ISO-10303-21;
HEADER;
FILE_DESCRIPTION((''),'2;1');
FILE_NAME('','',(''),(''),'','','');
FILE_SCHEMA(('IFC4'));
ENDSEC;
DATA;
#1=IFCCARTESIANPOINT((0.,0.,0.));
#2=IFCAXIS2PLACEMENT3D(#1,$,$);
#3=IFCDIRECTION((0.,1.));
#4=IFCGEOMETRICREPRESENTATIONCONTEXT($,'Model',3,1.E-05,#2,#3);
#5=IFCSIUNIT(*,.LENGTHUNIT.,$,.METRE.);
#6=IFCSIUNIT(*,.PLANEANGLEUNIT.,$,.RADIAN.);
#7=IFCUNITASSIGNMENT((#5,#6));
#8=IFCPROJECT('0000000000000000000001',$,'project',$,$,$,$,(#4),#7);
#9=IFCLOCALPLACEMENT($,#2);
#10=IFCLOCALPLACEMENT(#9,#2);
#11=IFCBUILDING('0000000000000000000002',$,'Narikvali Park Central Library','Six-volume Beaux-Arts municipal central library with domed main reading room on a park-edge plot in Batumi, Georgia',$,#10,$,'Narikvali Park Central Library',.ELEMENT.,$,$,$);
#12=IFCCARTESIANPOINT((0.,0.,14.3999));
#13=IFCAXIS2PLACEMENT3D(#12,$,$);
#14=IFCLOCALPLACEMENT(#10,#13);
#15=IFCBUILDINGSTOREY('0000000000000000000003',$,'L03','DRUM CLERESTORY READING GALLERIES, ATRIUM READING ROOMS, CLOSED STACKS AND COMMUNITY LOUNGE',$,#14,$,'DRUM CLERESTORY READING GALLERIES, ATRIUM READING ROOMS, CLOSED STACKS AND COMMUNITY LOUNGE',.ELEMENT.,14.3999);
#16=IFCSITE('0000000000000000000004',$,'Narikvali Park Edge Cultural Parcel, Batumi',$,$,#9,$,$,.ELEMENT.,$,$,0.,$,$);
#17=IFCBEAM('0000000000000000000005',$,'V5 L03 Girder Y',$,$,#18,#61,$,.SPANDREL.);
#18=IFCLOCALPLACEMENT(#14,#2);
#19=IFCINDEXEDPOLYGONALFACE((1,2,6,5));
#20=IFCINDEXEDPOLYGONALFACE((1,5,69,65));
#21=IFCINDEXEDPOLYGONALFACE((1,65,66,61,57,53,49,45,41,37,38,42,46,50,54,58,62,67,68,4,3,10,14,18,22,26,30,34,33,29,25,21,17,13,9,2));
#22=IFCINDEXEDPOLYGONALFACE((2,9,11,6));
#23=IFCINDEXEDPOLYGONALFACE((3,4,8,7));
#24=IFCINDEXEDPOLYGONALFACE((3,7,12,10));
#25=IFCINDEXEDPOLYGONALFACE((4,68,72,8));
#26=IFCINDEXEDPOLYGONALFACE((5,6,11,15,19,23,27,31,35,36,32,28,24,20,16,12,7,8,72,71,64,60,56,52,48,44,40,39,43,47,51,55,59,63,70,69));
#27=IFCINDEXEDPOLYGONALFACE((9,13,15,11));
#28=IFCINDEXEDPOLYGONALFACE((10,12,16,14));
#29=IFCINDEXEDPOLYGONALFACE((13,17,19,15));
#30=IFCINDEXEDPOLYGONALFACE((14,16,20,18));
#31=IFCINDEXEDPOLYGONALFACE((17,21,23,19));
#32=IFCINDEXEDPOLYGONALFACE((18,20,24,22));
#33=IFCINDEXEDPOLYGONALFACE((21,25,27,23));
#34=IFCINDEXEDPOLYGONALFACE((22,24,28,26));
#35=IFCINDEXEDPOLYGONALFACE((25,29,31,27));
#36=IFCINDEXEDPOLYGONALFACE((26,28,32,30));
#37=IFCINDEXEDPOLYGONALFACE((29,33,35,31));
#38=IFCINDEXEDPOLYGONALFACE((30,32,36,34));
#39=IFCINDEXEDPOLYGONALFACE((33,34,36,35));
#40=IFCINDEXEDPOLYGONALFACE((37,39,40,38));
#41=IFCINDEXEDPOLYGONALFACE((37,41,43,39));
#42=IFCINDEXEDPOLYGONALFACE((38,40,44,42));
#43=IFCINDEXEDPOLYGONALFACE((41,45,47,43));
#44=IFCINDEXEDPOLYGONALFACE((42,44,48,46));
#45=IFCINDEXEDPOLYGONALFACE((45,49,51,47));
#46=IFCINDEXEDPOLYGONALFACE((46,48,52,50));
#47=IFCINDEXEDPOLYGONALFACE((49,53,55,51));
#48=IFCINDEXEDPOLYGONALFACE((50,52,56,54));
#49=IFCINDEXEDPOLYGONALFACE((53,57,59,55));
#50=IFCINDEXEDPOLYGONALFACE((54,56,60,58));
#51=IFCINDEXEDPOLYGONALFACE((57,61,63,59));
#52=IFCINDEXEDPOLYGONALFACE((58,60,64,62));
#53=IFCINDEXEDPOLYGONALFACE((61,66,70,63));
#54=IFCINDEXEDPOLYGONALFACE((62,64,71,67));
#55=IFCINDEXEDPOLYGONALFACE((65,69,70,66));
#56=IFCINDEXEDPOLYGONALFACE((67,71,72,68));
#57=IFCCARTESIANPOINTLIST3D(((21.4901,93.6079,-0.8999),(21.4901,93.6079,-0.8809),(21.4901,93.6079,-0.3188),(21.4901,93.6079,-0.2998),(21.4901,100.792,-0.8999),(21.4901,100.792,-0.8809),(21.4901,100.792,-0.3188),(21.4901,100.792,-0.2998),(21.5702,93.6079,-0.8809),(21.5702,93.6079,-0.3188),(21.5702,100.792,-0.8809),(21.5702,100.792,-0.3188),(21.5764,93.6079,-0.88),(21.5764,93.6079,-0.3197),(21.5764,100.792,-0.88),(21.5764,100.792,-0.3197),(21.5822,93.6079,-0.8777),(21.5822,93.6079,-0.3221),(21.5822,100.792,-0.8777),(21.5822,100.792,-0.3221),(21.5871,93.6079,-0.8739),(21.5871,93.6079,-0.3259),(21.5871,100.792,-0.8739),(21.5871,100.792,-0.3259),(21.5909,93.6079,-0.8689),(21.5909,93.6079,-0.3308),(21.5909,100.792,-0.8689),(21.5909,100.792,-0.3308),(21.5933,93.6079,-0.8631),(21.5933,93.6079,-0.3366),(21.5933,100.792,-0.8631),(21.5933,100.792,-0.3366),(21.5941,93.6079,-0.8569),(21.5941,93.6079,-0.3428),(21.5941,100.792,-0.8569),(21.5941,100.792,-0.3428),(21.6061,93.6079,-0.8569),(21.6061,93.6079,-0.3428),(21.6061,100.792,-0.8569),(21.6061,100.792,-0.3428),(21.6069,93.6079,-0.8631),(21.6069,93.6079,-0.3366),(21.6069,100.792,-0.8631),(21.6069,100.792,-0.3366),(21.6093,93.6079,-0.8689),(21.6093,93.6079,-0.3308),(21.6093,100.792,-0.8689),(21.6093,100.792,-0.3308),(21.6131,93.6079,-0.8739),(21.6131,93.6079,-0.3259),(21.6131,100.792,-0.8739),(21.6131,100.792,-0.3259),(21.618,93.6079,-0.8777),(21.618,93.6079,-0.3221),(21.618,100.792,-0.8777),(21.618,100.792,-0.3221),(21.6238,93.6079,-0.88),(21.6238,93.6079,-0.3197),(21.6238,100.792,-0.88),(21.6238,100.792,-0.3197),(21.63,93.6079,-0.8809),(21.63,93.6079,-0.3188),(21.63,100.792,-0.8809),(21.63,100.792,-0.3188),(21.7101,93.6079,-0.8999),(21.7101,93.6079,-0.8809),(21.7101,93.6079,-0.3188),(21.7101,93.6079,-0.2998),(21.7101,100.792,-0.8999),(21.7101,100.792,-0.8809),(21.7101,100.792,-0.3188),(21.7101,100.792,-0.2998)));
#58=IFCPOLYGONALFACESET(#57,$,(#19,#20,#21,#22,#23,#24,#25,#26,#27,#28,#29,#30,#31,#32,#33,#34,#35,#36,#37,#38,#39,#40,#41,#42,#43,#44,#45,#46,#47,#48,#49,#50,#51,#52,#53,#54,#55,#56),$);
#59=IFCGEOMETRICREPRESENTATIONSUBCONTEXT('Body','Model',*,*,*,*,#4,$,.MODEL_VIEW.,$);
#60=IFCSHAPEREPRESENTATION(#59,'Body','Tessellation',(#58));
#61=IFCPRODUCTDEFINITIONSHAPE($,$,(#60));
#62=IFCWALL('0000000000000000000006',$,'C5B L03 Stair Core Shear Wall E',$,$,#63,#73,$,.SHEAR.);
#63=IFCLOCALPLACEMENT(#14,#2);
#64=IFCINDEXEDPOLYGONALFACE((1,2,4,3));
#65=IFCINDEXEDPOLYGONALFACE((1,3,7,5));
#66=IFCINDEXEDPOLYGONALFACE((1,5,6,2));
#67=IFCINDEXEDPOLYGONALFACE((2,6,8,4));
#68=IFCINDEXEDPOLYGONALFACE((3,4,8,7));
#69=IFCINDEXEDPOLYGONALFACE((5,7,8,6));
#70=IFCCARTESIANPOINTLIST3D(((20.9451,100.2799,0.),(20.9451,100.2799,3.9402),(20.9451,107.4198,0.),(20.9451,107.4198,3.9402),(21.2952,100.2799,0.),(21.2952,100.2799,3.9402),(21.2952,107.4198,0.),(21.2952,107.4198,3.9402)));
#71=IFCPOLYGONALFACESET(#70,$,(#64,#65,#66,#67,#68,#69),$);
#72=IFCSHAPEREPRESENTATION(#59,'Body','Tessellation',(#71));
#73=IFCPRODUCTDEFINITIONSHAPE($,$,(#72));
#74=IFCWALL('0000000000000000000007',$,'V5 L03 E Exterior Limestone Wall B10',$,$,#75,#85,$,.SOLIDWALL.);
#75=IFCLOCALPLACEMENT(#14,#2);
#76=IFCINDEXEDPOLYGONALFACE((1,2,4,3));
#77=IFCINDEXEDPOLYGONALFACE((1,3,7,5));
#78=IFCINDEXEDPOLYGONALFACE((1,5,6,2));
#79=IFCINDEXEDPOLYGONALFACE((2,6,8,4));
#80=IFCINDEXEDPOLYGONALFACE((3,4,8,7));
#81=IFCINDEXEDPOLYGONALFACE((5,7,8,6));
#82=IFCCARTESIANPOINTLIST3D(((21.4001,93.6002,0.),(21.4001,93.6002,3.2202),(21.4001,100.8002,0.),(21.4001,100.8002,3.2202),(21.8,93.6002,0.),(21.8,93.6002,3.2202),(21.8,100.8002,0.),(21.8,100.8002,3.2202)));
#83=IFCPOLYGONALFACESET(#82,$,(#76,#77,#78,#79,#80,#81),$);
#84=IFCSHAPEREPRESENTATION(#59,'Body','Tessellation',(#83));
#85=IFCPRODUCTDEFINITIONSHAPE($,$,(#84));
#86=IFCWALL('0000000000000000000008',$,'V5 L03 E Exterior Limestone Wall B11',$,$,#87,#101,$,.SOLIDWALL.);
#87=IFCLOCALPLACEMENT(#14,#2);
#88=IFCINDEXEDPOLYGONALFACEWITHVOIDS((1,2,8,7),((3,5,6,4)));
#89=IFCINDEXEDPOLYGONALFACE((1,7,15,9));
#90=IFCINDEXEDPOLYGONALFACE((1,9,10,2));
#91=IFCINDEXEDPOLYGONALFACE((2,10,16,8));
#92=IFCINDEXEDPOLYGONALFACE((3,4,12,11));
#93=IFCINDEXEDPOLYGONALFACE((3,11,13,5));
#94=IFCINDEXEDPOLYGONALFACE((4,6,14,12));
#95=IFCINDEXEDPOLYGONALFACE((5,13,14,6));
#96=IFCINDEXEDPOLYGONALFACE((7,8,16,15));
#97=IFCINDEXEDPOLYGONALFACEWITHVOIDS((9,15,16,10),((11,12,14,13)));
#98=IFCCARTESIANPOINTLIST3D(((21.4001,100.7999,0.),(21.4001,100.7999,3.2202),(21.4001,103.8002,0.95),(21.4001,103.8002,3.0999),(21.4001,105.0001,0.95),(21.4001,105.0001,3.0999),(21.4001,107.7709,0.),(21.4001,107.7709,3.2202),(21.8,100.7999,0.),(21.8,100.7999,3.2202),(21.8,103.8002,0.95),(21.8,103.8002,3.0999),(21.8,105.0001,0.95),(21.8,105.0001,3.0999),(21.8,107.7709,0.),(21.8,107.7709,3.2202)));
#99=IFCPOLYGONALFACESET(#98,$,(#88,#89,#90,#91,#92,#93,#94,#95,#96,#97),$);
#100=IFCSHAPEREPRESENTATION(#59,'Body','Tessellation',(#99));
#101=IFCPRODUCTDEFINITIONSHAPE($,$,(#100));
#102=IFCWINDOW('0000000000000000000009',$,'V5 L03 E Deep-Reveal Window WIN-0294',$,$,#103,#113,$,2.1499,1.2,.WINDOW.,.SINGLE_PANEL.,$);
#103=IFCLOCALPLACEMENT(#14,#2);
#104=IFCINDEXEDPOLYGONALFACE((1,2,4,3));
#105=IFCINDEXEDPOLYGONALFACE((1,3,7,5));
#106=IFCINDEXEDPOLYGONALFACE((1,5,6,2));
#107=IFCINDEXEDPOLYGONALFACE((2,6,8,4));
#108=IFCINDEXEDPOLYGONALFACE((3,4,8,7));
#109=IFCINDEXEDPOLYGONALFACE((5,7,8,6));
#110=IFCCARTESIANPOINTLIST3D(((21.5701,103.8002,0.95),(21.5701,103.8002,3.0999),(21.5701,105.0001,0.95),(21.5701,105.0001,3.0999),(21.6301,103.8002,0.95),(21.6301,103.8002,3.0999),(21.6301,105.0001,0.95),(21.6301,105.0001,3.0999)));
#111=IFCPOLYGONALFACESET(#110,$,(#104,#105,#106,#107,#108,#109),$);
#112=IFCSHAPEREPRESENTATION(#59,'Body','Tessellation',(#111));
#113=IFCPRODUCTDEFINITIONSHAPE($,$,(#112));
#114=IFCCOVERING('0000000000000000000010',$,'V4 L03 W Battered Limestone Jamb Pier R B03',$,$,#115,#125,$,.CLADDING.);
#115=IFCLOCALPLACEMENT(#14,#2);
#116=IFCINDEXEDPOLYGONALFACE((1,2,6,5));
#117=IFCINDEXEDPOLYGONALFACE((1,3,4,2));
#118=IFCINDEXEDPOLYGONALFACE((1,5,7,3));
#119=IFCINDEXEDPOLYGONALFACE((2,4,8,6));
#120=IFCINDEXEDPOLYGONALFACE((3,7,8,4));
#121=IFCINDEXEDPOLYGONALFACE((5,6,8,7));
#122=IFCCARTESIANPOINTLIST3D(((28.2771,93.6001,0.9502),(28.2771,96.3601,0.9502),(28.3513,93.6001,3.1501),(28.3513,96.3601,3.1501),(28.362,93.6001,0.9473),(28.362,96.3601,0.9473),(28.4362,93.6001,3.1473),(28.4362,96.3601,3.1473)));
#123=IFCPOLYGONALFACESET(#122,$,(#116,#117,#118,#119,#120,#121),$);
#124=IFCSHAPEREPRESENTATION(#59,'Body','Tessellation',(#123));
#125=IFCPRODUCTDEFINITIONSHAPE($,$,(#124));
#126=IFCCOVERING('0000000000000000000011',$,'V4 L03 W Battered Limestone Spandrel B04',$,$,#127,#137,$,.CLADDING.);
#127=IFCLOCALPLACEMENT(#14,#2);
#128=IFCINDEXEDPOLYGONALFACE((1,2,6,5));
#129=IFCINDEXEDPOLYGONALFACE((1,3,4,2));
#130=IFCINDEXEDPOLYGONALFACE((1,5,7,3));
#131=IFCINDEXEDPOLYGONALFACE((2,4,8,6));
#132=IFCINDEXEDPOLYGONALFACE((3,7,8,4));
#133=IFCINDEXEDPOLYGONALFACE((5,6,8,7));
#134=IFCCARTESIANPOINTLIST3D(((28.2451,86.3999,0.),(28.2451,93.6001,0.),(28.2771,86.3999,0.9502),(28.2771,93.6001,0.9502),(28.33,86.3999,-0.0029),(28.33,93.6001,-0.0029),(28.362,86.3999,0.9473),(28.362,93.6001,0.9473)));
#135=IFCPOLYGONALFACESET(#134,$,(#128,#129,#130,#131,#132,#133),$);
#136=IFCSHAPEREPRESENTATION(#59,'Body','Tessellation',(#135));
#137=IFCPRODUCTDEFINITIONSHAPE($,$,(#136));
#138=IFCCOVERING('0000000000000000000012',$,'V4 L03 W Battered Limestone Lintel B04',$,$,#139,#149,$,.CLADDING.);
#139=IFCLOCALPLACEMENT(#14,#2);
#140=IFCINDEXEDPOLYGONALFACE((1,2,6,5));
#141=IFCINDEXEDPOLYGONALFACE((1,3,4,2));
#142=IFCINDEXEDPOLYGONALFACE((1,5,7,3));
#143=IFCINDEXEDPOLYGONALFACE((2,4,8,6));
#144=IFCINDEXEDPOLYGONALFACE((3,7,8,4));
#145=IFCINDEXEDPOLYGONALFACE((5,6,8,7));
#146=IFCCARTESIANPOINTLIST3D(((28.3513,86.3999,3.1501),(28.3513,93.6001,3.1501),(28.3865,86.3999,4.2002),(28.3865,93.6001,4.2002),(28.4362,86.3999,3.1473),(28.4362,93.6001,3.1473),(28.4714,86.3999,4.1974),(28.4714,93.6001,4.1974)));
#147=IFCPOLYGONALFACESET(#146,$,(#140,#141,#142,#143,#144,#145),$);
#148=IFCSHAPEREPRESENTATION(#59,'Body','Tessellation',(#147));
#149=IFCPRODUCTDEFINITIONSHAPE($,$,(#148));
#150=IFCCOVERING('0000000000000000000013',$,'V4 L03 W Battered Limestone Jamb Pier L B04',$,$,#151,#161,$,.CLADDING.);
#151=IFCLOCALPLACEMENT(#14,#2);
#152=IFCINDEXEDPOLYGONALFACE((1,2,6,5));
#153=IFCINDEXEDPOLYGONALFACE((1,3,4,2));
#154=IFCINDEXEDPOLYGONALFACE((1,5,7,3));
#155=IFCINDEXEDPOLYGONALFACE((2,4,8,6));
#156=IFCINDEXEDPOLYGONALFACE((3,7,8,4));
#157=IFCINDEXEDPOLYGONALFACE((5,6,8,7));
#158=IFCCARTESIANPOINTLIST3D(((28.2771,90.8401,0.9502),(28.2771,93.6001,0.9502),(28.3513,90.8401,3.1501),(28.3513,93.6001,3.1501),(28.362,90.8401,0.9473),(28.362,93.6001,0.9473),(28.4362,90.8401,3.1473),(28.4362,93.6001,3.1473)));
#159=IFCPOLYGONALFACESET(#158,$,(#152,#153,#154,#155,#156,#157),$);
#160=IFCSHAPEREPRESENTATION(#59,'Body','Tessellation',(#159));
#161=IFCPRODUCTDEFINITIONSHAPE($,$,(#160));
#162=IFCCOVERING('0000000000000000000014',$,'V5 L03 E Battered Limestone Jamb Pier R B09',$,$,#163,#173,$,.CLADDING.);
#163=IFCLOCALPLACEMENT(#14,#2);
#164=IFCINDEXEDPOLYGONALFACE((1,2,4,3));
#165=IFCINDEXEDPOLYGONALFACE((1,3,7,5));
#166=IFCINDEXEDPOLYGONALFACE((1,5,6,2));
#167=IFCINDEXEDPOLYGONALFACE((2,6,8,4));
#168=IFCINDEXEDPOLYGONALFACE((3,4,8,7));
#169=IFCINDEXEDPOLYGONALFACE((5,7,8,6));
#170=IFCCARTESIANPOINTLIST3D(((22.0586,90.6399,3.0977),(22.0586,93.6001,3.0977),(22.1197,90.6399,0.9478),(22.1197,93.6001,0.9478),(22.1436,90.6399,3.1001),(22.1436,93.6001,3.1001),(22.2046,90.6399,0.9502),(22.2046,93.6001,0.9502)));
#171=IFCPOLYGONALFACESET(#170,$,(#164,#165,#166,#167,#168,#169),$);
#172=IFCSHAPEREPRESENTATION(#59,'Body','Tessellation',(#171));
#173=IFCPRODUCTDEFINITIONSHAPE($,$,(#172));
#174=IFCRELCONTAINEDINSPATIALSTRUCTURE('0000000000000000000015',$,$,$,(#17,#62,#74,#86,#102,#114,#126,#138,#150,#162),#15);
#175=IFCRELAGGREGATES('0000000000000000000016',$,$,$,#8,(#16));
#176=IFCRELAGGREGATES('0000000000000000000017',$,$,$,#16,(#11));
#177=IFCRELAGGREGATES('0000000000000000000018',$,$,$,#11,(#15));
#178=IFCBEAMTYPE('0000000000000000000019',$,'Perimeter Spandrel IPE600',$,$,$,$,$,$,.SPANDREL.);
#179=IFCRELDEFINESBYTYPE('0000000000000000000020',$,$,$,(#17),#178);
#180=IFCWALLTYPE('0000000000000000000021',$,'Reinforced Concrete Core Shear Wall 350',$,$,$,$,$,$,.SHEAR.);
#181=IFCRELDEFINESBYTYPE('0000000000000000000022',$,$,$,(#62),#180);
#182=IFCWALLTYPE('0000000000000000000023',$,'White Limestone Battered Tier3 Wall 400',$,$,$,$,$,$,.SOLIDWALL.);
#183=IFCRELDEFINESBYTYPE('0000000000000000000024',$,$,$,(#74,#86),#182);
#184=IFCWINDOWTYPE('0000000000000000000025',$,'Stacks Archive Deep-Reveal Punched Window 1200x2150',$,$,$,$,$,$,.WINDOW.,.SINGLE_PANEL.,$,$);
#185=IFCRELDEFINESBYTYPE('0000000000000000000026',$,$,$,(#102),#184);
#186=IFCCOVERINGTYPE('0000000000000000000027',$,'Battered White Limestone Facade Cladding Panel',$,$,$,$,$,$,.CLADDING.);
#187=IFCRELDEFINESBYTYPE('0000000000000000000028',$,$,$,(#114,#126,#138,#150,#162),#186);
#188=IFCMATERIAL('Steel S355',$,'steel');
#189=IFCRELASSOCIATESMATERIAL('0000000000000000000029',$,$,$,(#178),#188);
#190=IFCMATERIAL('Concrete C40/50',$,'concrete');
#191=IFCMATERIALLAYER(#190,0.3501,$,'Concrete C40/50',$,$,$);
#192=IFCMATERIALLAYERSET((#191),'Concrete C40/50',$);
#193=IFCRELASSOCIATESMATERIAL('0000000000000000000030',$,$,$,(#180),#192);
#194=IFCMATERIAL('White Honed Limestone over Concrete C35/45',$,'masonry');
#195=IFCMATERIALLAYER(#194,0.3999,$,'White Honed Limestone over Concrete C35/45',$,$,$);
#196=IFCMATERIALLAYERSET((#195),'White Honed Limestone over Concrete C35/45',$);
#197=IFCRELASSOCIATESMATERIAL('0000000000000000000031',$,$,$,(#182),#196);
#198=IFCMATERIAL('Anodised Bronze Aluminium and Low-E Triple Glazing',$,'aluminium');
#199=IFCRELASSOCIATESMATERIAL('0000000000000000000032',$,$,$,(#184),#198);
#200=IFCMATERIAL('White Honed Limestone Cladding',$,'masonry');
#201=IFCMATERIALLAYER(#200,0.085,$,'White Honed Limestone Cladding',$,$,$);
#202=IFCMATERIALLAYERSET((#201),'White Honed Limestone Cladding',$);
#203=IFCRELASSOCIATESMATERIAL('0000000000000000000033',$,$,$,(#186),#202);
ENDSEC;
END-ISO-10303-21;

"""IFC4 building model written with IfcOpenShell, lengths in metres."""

from ifc_helpers import new_model, si_unit, direction, frame, frame_2d, origin, origin_2d, place, context, subcontext, project, spatial, polyline, rectangle, i_section, outline, extrude, material, layer, layer_set, material_profile, profile_set, type_object, element, fill, save


model = new_model("IFC4")

# Units and contexts
model_context = context("Model", 3, precision=1e-05, world=origin(), true_north=direction((0.0, 1.0)))
body_context = subcontext(model_context, "Body", "Model", "MODEL_VIEW")
ifc_project = project(units=[si_unit("LENGTHUNIT", "METRE"), si_unit("PLANEANGLEUNIT", "RADIAN")], contexts=[model_context])

# Site, building, storey
site_placement = place(None, origin())
site = spatial("IfcSite", under=ifc_project, at=site_placement, Name="Narikvali Park Edge Cultural Parcel, Batumi", CompositionType="ELEMENT", RefElevation=0.0)
building_placement = place(site_placement, origin())
building = spatial("IfcBuilding", under=site, at=building_placement, Name="Narikvali Park Central Library", Description="Six-volume Beaux-Arts municipal central library with domed main reading room on a park-edge plot in Batumi, Georgia", LongName="Narikvali Park Central Library", CompositionType="ELEMENT")
storey_placement = place(building_placement, frame((0.0, 0.0, 14.3999)))
storey = spatial("IfcBuildingStorey", under=building, at=storey_placement, Name="L03", Description="DRUM CLERESTORY READING GALLERIES, ATRIUM READING ROOMS, CLOSED STACKS AND COMMUNITY LOUNGE", LongName="DRUM CLERESTORY READING GALLERIES, ATRIUM READING ROOMS, CLOSED STACKS AND COMMUNITY LOUNGE", CompositionType="ELEMENT", Elevation=14.3999)

# Shared definitions
ifc_material_1 = material(Name="Steel S355", Category="steel")

# Beam
ifc_material_profile_1 = material_profile(ifc_material_1, i_section(OverallWidth=0.22, OverallDepth=0.6001, WebThickness=0.012, FlangeThickness=0.019, FilletRadius=0.0239, at=origin_2d()), Name="IPE 600")
ifc_profile_set_1 = profile_set([ifc_material_profile_1], Name="Steel S355")
beam_type_1 = type_object("IfcBeamType", Name="Perimeter Spandrel IPE600", PredefinedType="SPANDREL", material=ifc_profile_set_1)
beam_placement = place(storey_placement, frame((21.6001, 93.6079, -0.5999), z_axis=(0.0, 1.0, 0.0), x_axis=(-1.0, 0.0, 0.0)))
element("IfcBeam", 1, at=beam_placement, inside=storey, type_object=beam_type_1, Name="V5 L03 Girder Y", PredefinedType="SPANDREL", context=body_context, shape_type="SweptSolid", body=[
    extrude(i_section(OverallWidth=0.22, OverallDepth=0.6001, WebThickness=0.012, FlangeThickness=0.019, FilletRadius=0.0239, at=origin_2d()), origin(), (0.0, 0.0, 1.0), 7.1841),
])

# Shared definitions
ifc_material_2 = material(Name="Concrete C40/50", Category="concrete")
ifc_layer_1 = layer(ifc_material_2, 0.3501, Name="Concrete C40/50")
ifc_layer_set_1 = layer_set([ifc_layer_1], Name="Concrete C40/50")
wall_type_1 = type_object("IfcWallType", Name="Reinforced Concrete Core Shear Wall 350", PredefinedType="SHEAR", material=ifc_layer_set_1)

# Walls
wall_1_placement = place(storey_placement, frame((21.1201, 100.28, 0.0), z_axis=(0.0, 0.0, 1.0), x_axis=(0.0, 1.0, 0.0)))
element("IfcWall", 2, at=wall_1_placement, inside=storey, type_object=wall_type_1, Name="C5B L03 Stair Core Shear Wall E", PredefinedType="SHEAR", context=body_context, shape_type="SweptSolid", body=[
    extrude(rectangle(XDim=7.1399, YDim=0.3501, at=frame_2d((3.5698, 0.0))), origin(), (0.0, 0.0, 1.0), 3.9402),
])
ifc_material_3 = material(Name="White Honed Limestone over Concrete C35/45", Category="masonry")
ifc_layer_2 = layer(ifc_material_3, 0.3999, Name="White Honed Limestone over Concrete C35/45")
ifc_layer_set_2 = layer_set([ifc_layer_2], Name="White Honed Limestone over Concrete C35/45")
wall_type_2 = type_object("IfcWallType", Name="White Limestone Battered Tier3 Wall 400", PredefinedType="SOLIDWALL", material=ifc_layer_set_2)
wall_2_placement = place(storey_placement, frame((21.6001, 93.6001, 0.0), z_axis=(0.0, 0.0, 1.0), x_axis=(0.0, 1.0, 0.0)))
element("IfcWall", 3, at=wall_2_placement, inside=storey, type_object=wall_type_2, Name="V5 L03 E Exterior Limestone Wall B10", PredefinedType="SOLIDWALL", context=body_context, shape_type="SweptSolid", body=[
    extrude(rectangle(XDim=7.2, YDim=0.3999, at=frame_2d((3.6001, 0.0))), origin(), (0.0, 0.0, 1.0), 3.2202),
])

# Wall, opening, window
wall_3_placement = place(storey_placement, frame((21.6001, 100.8, 0.0), z_axis=(0.0, 0.0, 1.0), x_axis=(0.0, 1.0, 0.0)))
wall_3 = element("IfcWall", 4, at=wall_3_placement, inside=storey, type_object=wall_type_2, Name="V5 L03 E Exterior Limestone Wall B11", PredefinedType="SOLIDWALL", context=body_context, shape_type="SweptSolid", body=[
    extrude(rectangle(XDim=6.9709, YDim=0.3999, at=frame_2d((3.4854, 0.0))), origin(), (0.0, 0.0, 1.0), 3.2202),
])
opening_1_placement = place(wall_3_placement, frame((3.0, 0.0, 0.95)))
opening_1 = element("IfcOpeningElement", 5, at=opening_1_placement, cuts=wall_3, PredefinedType="OPENING", context=body_context, shape_type="SweptSolid", body=[
    extrude(rectangle(XDim=1.2, YDim=2.1499, at=frame_2d((0.6001, 1.075))), frame((0.0, 0.2119, 0.0), z_axis=(0.0, -1.0, 0.0), x_axis=(1.0, 0.0, 0.0)), (0.0, 0.0, 1.0), 0.4238),
])
ifc_material_4 = material(Name="Anodised Bronze Aluminium and Low-E Triple Glazing", Category="aluminium")
window_type = type_object("IfcWindowType", Name="Stacks Archive Deep-Reveal Punched Window 1200x2150", PartitioningType="SINGLE_PANEL", PredefinedType="WINDOW", material=ifc_material_4)
window_placement = place(opening_1_placement, origin())
window = element("IfcWindow", 6, at=window_placement, inside=storey, type_object=window_type, Name="V5 L03 E Deep-Reveal Window WIN-0294", OverallHeight=2.1499, OverallWidth=1.2, PartitioningType="SINGLE_PANEL", PredefinedType="WINDOW", context=body_context, shape_type="SweptSolid", body=[
    extrude(rectangle(XDim=1.2, YDim=2.1499, at=frame_2d((0.6001, 1.075))), frame((0.0, 0.03, 0.0), z_axis=(0.0, -1.0, 0.0), x_axis=(1.0, 0.0, 0.0)), (0.0, 0.0, 1.0), 0.0601),
])
fill(opening_1, window)

# Coverings
ifc_material_5 = material(Name="White Honed Limestone Cladding", Category="masonry")
ifc_layer_3 = layer(ifc_material_5, 0.085, Name="White Honed Limestone Cladding")
ifc_layer_set_3 = layer_set([ifc_layer_3], Name="White Honed Limestone Cladding")
covering_type = type_object("IfcCoveringType", Name="Battered White Limestone Facade Cladding Panel", PredefinedType="CLADDING", material=ifc_layer_set_3)
covering_1_placement = place(storey_placement, frame((28.2771, 96.3601, 0.9502), z_axis=(-0.999431, 0.0, 0.033717), x_axis=(0.0, -1.0, 0.0)))
element("IfcCovering", 7, at=covering_1_placement, inside=storey, type_object=covering_type, Name="V4 L03 W Battered Limestone Jamb Pier R B03", PredefinedType="CLADDING", context=body_context, shape_type="SweptSolid", body=[
    extrude(outline(polyline([(0.0, 0.0), (2.76, 0.0), (2.76, 2.2012), (0.0, 2.2012), (0.0, 0.0)])), origin(), (0.0, 0.0, -1.0), 0.085),
])
covering_2_placement = place(storey_placement, frame((28.2451, 93.6001, 0.0), z_axis=(-0.999434, 0.0, 0.03364), x_axis=(0.0, -1.0, 0.0)))
element("IfcCovering", 8, at=covering_2_placement, inside=storey, type_object=covering_type, Name="V4 L03 W Battered Limestone Spandrel B04", PredefinedType="CLADDING", context=body_context, shape_type="SweptSolid", body=[
    extrude(outline(polyline([(0.0, 0.0), (7.2002, 0.0), (7.2002, 0.9507), (0.0, 0.9507), (0.0, 0.0)])), origin(), (0.0, 0.0, -1.0), 0.085),
])
covering_3_placement = place(storey_placement, frame((28.3513, 93.6001, 3.1501), z_axis=(-0.99944, 0.0, 0.033462), x_axis=(0.0, -1.0, 0.0)))
element("IfcCovering", 9, at=covering_3_placement, inside=storey, type_object=covering_type, Name="V4 L03 W Battered Limestone Lintel B04", PredefinedType="CLADDING", context=body_context, shape_type="SweptSolid", body=[
    extrude(outline(polyline([(0.0, 0.0), (7.2002, 0.0), (7.2002, 1.0506), (0.0, 1.0506), (0.0, 0.0)])), origin(), (0.0, 0.0, -1.0), 0.085),
])
covering_4_placement = place(storey_placement, frame((28.2771, 93.6001, 0.9502), z_axis=(-0.999431, 0.0, 0.033717), x_axis=(0.0, -1.0, 0.0)))
element("IfcCovering", 10, at=covering_4_placement, inside=storey, type_object=covering_type, Name="V4 L03 W Battered Limestone Jamb Pier L B04", PredefinedType="CLADDING", context=body_context, shape_type="SweptSolid", body=[
    extrude(outline(polyline([(0.0, 0.0), (2.76, 0.0), (2.76, 2.2012), (0.0, 2.2012), (0.0, 0.0)])), origin(), (0.0, 0.0, -1.0), 0.085),
])
covering_5_placement = place(storey_placement, frame((22.2046, 90.6399, 0.9502), z_axis=(0.999597, 0.0, 0.028378), x_axis=(0.0, 1.0, 0.0)))
element("IfcCovering", 11, at=covering_5_placement, inside=storey, type_object=covering_type, Name="V5 L03 E Battered Limestone Jamb Pier R B09", PredefinedType="CLADDING", context=body_context, shape_type="SweptSolid", body=[
    extrude(outline(polyline([(0.0, 0.0), (2.9602, 0.0), (2.9602, 2.1508), (0.0, 2.1508), (0.0, 0.0)])), origin(), (0.0, 0.0, -1.0), 0.085),
])

save(model, "model.ifc")
